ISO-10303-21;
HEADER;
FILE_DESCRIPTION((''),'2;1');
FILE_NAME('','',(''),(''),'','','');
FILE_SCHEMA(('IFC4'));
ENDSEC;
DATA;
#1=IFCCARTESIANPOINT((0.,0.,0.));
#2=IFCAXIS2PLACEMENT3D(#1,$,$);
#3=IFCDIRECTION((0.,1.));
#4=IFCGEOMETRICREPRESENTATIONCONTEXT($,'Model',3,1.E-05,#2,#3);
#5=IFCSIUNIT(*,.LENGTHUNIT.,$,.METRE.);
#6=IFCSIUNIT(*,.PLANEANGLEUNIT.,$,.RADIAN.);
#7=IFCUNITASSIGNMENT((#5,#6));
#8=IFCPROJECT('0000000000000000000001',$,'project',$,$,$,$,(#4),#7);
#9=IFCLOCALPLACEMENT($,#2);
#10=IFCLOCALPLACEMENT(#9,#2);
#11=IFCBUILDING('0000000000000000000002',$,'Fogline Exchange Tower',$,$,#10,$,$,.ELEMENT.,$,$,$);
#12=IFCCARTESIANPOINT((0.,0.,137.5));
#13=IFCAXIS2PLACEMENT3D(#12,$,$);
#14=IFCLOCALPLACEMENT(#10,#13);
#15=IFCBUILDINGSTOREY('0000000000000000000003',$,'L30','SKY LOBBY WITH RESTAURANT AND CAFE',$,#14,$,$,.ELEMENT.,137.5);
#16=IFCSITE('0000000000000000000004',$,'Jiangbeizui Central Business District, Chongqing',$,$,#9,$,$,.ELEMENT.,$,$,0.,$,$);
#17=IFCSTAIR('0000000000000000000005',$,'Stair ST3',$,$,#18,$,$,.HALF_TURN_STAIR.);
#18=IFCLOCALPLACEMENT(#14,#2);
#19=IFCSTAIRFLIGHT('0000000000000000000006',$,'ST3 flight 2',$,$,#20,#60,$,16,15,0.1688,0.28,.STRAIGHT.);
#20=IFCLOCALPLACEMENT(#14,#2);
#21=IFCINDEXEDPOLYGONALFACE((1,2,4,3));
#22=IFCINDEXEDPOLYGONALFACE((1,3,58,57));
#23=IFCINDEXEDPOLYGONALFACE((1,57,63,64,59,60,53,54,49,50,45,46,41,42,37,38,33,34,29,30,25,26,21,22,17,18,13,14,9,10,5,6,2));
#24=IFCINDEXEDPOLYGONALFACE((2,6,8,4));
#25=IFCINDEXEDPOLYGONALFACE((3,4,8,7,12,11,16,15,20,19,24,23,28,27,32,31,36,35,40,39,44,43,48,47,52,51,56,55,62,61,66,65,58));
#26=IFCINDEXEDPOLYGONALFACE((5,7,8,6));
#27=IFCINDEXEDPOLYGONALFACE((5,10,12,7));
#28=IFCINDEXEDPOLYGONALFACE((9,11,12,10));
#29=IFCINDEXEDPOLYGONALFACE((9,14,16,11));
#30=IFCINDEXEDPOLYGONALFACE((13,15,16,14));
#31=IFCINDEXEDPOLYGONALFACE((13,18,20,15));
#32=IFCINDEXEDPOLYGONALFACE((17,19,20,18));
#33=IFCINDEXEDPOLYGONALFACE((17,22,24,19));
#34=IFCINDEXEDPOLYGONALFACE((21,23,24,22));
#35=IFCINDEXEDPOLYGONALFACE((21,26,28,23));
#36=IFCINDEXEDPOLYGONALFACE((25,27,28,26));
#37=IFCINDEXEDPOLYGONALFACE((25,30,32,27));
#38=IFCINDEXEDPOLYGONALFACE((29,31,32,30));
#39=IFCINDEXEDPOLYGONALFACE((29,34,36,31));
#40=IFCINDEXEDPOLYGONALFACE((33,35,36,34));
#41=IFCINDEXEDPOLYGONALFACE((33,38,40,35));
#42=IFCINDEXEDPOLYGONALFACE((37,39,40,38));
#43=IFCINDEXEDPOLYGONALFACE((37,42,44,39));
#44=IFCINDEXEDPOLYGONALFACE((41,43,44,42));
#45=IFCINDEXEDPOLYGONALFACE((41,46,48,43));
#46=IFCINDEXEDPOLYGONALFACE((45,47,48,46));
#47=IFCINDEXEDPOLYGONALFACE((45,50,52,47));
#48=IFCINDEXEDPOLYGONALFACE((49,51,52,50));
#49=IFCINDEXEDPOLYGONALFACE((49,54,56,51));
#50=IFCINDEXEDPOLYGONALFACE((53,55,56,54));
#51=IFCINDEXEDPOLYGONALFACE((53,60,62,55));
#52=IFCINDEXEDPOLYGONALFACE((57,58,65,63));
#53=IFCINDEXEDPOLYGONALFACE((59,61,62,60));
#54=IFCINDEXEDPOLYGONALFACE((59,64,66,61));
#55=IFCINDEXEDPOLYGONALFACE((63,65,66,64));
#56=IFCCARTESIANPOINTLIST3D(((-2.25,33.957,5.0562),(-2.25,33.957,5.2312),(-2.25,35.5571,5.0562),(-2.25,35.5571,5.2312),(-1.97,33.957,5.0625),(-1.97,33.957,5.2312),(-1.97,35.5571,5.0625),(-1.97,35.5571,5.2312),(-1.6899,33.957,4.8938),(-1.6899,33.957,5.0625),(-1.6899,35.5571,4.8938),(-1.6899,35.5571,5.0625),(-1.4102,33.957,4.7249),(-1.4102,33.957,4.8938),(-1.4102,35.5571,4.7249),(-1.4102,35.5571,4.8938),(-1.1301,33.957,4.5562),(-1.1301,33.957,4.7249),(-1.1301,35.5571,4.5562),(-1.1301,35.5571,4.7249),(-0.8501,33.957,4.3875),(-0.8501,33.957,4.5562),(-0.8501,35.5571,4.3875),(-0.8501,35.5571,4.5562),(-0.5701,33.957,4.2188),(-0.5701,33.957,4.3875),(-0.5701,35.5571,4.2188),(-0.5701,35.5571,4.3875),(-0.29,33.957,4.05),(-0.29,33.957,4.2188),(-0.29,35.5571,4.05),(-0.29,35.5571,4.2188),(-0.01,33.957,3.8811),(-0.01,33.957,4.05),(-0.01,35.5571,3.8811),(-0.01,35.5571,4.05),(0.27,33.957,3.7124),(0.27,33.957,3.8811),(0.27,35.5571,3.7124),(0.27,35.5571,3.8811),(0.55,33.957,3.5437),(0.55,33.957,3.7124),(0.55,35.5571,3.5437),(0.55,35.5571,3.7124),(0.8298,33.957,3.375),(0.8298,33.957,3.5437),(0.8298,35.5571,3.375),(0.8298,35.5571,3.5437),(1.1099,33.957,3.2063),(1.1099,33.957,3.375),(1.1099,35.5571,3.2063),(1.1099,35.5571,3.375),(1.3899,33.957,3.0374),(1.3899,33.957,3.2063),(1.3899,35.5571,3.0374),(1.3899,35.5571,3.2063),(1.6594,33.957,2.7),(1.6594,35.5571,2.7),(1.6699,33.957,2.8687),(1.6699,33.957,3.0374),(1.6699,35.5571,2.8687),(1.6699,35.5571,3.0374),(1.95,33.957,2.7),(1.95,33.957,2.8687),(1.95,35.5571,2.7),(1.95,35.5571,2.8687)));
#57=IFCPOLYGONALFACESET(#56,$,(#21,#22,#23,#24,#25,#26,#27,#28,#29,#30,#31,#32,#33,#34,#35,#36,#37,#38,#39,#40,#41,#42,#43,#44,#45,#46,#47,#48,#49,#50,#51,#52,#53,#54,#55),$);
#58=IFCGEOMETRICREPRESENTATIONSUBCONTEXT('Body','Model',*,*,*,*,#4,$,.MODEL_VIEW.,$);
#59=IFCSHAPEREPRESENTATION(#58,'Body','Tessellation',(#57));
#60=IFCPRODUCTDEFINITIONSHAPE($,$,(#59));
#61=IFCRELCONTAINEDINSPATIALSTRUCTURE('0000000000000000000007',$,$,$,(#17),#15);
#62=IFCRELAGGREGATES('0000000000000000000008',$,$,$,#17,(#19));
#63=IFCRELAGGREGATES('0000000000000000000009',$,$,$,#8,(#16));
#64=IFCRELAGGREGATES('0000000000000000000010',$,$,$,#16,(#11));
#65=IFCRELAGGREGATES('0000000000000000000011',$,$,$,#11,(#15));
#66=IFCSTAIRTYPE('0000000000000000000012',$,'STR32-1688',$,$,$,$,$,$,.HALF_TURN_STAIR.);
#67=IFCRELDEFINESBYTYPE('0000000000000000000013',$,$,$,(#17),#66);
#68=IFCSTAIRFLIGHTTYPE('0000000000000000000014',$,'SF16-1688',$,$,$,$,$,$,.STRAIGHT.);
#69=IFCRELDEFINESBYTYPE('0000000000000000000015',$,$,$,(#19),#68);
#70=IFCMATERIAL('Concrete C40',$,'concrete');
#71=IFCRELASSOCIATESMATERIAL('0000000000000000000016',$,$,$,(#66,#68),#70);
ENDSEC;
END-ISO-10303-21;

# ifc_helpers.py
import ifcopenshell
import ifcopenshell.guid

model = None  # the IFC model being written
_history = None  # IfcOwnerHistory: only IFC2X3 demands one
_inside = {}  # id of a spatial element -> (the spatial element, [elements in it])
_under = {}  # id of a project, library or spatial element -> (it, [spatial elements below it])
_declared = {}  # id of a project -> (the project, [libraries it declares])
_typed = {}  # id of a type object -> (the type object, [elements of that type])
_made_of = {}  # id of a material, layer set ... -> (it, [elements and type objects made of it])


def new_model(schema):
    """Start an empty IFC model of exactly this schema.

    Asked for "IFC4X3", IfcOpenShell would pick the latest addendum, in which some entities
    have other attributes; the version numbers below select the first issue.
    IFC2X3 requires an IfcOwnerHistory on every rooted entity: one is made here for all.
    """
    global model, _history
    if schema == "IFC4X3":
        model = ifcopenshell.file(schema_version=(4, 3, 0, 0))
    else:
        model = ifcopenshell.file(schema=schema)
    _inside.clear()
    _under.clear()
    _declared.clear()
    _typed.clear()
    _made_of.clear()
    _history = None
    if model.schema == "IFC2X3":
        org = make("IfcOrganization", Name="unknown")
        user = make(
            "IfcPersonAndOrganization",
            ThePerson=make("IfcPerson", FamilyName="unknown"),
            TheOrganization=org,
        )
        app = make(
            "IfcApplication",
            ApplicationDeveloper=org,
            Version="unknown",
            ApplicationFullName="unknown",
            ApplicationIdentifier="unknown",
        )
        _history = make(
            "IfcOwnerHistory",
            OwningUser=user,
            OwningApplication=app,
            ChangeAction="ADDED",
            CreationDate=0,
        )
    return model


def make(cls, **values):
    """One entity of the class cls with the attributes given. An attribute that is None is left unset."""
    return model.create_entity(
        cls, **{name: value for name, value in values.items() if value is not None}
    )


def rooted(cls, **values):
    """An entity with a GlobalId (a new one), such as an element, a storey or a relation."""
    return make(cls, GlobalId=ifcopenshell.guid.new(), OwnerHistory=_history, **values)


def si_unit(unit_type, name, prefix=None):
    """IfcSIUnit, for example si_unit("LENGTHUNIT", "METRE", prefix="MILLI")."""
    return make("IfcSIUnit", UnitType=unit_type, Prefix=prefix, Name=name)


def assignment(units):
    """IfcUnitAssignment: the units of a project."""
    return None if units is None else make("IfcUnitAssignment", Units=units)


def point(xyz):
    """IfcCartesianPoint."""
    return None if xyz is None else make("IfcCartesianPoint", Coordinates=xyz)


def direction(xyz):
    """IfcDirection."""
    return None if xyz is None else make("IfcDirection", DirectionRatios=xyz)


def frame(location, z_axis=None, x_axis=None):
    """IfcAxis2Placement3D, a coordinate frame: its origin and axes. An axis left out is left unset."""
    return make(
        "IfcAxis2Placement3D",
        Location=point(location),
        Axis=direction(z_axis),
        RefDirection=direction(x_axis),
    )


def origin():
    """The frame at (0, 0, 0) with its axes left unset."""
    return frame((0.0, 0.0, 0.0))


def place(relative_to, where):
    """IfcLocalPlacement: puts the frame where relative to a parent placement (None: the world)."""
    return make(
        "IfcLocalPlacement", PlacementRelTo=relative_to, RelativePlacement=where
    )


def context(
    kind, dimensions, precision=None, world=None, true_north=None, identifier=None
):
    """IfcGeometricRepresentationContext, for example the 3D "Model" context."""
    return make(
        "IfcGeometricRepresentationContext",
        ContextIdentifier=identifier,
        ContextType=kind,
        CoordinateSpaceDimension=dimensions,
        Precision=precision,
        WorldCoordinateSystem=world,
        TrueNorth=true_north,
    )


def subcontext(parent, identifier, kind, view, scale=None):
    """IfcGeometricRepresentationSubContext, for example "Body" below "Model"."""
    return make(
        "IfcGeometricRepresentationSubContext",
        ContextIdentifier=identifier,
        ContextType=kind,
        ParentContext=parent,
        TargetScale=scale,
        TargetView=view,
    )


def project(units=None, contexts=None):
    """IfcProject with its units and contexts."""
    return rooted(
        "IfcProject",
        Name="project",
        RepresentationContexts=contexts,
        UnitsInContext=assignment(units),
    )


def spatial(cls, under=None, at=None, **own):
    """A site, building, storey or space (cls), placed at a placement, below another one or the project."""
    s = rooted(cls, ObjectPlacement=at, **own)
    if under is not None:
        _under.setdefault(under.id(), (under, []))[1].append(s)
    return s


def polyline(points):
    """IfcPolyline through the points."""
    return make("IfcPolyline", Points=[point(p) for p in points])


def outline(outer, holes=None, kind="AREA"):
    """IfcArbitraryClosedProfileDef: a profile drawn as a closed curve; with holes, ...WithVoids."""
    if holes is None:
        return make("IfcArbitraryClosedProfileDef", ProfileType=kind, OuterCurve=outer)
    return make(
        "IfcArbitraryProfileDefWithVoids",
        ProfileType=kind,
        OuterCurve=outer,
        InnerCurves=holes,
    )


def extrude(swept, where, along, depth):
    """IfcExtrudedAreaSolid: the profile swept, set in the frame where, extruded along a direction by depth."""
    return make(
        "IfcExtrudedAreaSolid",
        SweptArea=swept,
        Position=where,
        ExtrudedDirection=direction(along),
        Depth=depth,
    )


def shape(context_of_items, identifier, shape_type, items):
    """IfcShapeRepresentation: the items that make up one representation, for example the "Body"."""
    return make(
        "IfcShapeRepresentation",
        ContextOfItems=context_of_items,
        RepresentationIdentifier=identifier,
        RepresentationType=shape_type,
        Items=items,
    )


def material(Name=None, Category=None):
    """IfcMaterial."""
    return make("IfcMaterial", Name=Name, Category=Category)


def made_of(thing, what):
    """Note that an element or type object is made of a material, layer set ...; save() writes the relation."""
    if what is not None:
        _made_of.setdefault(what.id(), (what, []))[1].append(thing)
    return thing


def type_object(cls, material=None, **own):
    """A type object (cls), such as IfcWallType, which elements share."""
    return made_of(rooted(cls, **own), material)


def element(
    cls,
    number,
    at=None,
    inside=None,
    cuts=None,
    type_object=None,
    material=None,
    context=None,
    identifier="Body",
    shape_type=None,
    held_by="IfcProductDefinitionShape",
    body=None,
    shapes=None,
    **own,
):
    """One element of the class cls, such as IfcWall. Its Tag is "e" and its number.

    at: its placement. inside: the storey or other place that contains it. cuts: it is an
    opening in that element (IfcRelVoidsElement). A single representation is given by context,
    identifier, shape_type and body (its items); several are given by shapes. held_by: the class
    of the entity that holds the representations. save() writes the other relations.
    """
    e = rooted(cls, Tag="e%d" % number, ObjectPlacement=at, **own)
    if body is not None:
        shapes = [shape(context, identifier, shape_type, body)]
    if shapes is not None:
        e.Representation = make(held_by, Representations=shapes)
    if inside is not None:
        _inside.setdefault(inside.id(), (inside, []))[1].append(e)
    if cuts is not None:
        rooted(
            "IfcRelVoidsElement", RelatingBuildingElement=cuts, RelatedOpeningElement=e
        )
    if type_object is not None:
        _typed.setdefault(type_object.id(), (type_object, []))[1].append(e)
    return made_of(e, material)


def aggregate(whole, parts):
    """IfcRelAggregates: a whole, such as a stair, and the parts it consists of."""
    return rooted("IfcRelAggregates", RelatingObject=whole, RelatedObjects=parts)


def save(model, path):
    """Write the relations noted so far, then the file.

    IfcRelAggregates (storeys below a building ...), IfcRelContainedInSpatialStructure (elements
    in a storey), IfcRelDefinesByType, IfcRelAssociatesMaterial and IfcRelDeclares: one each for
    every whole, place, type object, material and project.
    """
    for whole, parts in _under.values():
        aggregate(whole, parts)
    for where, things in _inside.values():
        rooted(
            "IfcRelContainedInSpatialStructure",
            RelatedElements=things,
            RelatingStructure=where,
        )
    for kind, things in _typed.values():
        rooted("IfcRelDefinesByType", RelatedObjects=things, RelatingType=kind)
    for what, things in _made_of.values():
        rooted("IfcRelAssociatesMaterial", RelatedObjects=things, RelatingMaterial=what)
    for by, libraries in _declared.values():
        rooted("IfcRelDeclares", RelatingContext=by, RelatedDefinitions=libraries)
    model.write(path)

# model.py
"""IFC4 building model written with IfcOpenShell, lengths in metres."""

from ifc_helpers import new_model, si_unit, direction, frame, origin, place, context, subcontext, project, spatial, polyline, outline, extrude, material, type_object, element, aggregate, save


model = new_model("IFC4")

# Units and contexts
model_context = context("Model", 3, precision=1e-05, world=origin(), true_north=direction((0.0, 1.0)))
body_context = subcontext(model_context, "Body", "Model", "MODEL_VIEW")
ifc_project = project(units=[si_unit("LENGTHUNIT", "METRE"), si_unit("PLANEANGLEUNIT", "RADIAN")], contexts=[model_context])

# Site, building, storey
site_placement = place(None, origin())
site = spatial("IfcSite", under=ifc_project, at=site_placement, Name="Jiangbeizui Central Business District, Chongqing", CompositionType="ELEMENT", RefElevation=0.0)
building_placement = place(site_placement, origin())
building = spatial("IfcBuilding", under=site, at=building_placement, Name="Fogline Exchange Tower", CompositionType="ELEMENT")
storey_placement = place(building_placement, frame((0.0, 0.0, 137.5)))
storey = spatial("IfcBuildingStorey", under=building, at=storey_placement, Name="L30", Description="SKY LOBBY WITH RESTAURANT AND CAFE", CompositionType="ELEMENT", Elevation=137.5)

# Shared definitions
ifc_material_1 = material(Name="Concrete C40", Category="concrete")

# Stair, stair flight
stair_type = type_object("IfcStairType", Name="STR32-1688", PredefinedType="HALF_TURN_STAIR", material=ifc_material_1)
stair_placement = place(storey_placement, origin())
stair = element("IfcStair", 1, at=stair_placement, inside=storey, type_object=stair_type, Name="Stair ST3", PredefinedType="HALF_TURN_STAIR")
stair_flight_type = type_object("IfcStairFlightType", Name="SF16-1688", PredefinedType="STRAIGHT", material=ifc_material_1)
stair_flight_placement = place(storey_placement, frame((1.95, 34.7571, 2.7), z_axis=(0.0, 0.0, 1.0), x_axis=(-1.0, 0.0, 0.0)))
stair_flight = element("IfcStairFlight", 2, at=stair_flight_placement, type_object=stair_flight_type, Name="ST3 flight 2", NumberOfRisers=16, NumberOfTreads=15, PredefinedType="STRAIGHT", RiserHeight=0.1688, TreadLength=0.28, context=body_context, shape_type="SweptSolid", body=[
    extrude(outline(polyline([(0.0, 0.0), (0.0, 0.1687), (0.28, 0.1687), (0.28, 0.3374), (0.5601, 0.3374), (0.5601, 0.5063), (0.8401, 0.5063), (0.8401, 0.675), (1.1201, 0.675), (1.1201, 0.8438), (1.3999, 0.8438), (1.3999, 1.0125), (1.6799, 1.0125), (1.6799, 1.1812), (1.96, 1.1812), (1.96, 1.3501), (2.24, 1.3501), (2.24, 1.5188), (2.52, 1.5188), (2.52, 1.6875), (2.8, 1.6875), (2.8, 1.8562), (3.0801, 1.8562), (3.0801, 2.0249), (3.3601, 2.0249), (3.3601, 2.1938), (3.6399, 2.1938), (3.6399, 2.3625), (3.9199, 2.3625), (3.9199, 2.5312), (4.2, 2.5312), (4.2, 2.7), (4.2, 2.3562), (0.2905, 0.0), (0.0, 0.0)])), frame((0.0, 0.8, 0.0), z_axis=(0.0, -1.0, 0.0), x_axis=(1.0, 0.0, 0.0)), (0.0, 0.0, 1.0), 1.6001),
])
aggregate(stair, [stair_flight])

save(model, "model.ifc")
